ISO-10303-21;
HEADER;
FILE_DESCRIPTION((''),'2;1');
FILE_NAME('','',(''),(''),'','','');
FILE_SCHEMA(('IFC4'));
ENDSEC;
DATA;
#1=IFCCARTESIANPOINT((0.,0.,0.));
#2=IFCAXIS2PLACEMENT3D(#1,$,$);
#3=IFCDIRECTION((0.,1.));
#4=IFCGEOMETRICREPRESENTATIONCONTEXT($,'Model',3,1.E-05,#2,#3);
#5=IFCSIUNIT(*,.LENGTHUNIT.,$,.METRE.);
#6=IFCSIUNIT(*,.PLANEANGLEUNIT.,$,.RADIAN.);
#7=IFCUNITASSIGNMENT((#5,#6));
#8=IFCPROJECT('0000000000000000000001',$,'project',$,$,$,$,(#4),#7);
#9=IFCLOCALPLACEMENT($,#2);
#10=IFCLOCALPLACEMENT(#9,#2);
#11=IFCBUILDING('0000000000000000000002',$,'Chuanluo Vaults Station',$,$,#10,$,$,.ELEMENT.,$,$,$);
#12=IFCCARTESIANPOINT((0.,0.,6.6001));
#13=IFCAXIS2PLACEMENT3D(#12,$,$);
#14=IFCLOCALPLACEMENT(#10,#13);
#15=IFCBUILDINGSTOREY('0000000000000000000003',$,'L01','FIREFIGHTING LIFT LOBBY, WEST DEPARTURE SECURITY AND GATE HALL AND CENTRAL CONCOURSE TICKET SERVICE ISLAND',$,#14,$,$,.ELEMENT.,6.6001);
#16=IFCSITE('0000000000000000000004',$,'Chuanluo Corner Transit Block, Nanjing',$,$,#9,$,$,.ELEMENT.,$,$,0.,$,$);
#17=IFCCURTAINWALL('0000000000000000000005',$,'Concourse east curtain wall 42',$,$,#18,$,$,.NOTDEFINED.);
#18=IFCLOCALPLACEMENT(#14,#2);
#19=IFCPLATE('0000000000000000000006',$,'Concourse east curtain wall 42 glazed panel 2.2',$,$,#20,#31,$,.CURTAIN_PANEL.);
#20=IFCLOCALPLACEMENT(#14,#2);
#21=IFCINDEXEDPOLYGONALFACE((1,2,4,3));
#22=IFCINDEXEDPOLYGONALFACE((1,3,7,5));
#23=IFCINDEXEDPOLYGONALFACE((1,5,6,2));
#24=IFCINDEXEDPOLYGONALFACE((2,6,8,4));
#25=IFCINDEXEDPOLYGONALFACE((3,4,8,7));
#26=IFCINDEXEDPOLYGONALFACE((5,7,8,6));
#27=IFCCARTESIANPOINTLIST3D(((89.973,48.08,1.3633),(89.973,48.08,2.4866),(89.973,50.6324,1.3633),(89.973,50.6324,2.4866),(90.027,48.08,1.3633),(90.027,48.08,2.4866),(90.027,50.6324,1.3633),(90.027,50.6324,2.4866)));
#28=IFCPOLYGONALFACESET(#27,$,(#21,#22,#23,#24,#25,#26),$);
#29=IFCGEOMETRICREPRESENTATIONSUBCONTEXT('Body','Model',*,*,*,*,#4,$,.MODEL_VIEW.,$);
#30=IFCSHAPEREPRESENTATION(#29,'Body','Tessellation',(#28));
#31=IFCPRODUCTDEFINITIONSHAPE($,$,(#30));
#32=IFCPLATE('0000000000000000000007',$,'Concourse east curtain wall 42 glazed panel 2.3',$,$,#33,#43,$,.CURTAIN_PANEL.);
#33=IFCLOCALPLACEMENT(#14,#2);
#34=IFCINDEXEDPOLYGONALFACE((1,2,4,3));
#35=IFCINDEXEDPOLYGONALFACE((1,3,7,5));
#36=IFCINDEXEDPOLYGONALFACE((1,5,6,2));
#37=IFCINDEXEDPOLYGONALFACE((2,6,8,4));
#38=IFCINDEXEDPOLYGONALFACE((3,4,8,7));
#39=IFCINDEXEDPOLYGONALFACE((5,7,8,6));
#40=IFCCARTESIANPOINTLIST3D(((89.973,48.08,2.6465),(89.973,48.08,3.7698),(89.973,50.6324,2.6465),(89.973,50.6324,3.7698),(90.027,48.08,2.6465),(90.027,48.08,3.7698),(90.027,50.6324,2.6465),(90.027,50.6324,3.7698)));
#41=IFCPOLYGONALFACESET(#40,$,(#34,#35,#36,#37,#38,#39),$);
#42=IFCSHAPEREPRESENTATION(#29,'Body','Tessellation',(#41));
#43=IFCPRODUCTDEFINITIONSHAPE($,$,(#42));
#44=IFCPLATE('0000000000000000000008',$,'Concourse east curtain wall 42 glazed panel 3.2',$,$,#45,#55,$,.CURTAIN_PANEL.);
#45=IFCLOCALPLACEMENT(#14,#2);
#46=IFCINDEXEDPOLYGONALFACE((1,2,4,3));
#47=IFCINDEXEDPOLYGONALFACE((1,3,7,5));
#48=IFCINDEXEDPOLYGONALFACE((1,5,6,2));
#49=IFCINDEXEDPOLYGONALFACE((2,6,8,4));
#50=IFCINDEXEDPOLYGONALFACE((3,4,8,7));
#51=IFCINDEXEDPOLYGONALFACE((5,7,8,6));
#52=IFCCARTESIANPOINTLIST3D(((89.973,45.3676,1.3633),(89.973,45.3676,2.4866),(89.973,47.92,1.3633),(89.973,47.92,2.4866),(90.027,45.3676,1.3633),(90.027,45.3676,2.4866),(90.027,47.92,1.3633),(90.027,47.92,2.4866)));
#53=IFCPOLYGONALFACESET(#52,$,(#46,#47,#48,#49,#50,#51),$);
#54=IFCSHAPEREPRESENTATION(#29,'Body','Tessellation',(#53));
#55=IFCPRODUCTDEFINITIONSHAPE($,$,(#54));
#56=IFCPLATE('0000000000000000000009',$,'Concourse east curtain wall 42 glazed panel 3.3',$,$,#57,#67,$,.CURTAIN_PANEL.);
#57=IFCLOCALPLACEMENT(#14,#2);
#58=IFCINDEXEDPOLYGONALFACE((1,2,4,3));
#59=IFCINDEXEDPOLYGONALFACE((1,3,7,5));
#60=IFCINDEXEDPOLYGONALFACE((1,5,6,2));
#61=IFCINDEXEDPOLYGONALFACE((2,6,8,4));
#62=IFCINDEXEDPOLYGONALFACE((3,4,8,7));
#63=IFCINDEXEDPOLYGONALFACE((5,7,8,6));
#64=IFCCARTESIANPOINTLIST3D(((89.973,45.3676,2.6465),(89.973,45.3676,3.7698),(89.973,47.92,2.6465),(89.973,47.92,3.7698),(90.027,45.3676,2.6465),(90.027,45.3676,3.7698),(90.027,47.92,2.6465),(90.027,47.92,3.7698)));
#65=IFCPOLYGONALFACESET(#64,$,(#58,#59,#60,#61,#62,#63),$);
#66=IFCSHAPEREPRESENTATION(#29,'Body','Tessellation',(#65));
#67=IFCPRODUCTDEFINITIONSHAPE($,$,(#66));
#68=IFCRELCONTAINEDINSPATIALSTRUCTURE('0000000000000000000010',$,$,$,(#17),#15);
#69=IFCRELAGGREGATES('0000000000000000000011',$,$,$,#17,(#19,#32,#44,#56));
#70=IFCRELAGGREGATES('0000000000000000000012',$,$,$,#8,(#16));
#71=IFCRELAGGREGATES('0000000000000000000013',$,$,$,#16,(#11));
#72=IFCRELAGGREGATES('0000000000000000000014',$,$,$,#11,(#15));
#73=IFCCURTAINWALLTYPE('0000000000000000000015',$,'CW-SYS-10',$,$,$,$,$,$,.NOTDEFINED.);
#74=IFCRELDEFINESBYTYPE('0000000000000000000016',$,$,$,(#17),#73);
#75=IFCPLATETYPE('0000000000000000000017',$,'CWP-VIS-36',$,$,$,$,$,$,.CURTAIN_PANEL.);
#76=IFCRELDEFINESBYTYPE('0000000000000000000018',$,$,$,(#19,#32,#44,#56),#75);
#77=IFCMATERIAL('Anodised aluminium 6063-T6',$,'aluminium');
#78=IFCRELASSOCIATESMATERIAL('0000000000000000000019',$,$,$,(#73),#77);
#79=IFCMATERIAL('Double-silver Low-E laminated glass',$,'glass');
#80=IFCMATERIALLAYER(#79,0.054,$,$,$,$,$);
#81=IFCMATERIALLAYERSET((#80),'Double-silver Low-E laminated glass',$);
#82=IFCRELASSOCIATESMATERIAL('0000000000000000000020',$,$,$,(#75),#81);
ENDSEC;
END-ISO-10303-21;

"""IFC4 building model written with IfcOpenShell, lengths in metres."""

from ifc_helpers import new_model, si_unit, direction, frame, origin, origin_2d, place, context, subcontext, project, spatial, rectangle, extrude, material, layer, layer_set, type_object, element, aggregate, save


model = new_model("IFC4")

# Units and contexts
model_context = context("Model", 3, precision=1e-05, world=origin(), true_north=direction((0.0, 1.0)))
body_context = subcontext(model_context, "Body", "Model", "MODEL_VIEW")
ifc_project = project(units=[si_unit("LENGTHUNIT", "METRE"), si_unit("PLANEANGLEUNIT", "RADIAN")], contexts=[model_context])

# Site, building, storey
site_placement = place(None, origin())
site = spatial("IfcSite", under=ifc_project, at=site_placement, Name="Chuanluo Corner Transit Block, Nanjing", CompositionType="ELEMENT", RefElevation=0.0)
building_placement = place(site_placement, origin())
building = spatial("IfcBuilding", under=site, at=building_placement, Name="Chuanluo Vaults Station", CompositionType="ELEMENT")
storey_placement = place(building_placement, frame((0.0, 0.0, 6.6001)))
storey = spatial("IfcBuildingStorey", under=building, at=storey_placement, Name="L01", Description="FIREFIGHTING LIFT LOBBY, WEST DEPARTURE SECURITY AND GATE HALL AND CENTRAL CONCOURSE TICKET SERVICE ISLAND", CompositionType="ELEMENT", Elevation=6.6001)

# Curtain wall, plates
ifc_material_1 = material(Name="Anodised aluminium 6063-T6", Category="aluminium")
curtain_wall_type = type_object("IfcCurtainWallType", Name="CW-SYS-10", PredefinedType="NOTDEFINED", material=ifc_material_1)
curtain_wall_placement = place(storey_placement, origin())
curtain_wall = element("IfcCurtainWall", 1, at=curtain_wall_placement, inside=storey, type_object=curtain_wall_type, Name="Concourse east curtain wall 42", PredefinedType="NOTDEFINED")
ifc_material_2 = material(Name="Double-silver Low-E laminated glass", Category="glass")
ifc_layer_1 = layer(ifc_material_2, 0.054)
ifc_layer_set_1 = layer_set([ifc_layer_1], Name="Double-silver Low-E laminated glass")
plate_type_1 = type_object("IfcPlateType", Name="CWP-VIS-36", PredefinedType="CURTAIN_PANEL", material=ifc_layer_set_1)
plate_1_placement = place(storey_placement, frame((90.0, 49.3562, 1.3633), z_axis=(0.0, 0.0, 1.0), x_axis=(0.0, -1.0, 0.0)))
plate_1 = element("IfcPlate", 2, at=plate_1_placement, type_object=plate_type_1, Name="Concourse east curtain wall 42 glazed panel 2.2", PredefinedType="CURTAIN_PANEL", context=body_context, shape_type="SweptSolid", body=[
    extrude(rectangle(XDim=2.5525, YDim=0.054, at=origin_2d()), origin(), (0.0, 0.0, 1.0), 1.1233),
])
plate_2_placement = place(storey_placement, frame((90.0, 49.3562, 2.6465), z_axis=(0.0, 0.0, 1.0), x_axis=(0.0, -1.0, 0.0)))
plate_2 = element("IfcPlate", 3, at=plate_2_placement, type_object=plate_type_1, Name="Concourse east curtain wall 42 glazed panel 2.3", PredefinedType="CURTAIN_PANEL", context=body_context, shape_type="SweptSolid", body=[
    extrude(rectangle(XDim=2.5525, YDim=0.054, at=origin_2d()), origin(), (0.0, 0.0, 1.0), 1.1233),
])
plate_3_placement = place(storey_placement, frame((90.0, 46.6438, 1.3633), z_axis=(0.0, 0.0, 1.0), x_axis=(0.0, -1.0, 0.0)))
plate_3 = element("IfcPlate", 4, at=plate_3_placement, type_object=plate_type_1, Name="Concourse east curtain wall 42 glazed panel 3.2", PredefinedType="CURTAIN_PANEL", context=body_context, shape_type="SweptSolid", body=[
    extrude(rectangle(XDim=2.5525, YDim=0.054, at=origin_2d()), origin(), (0.0, 0.0, 1.0), 1.1233),
])
plate_4_placement = place(storey_placement, frame((90.0, 46.6438, 2.6465), z_axis=(0.0, 0.0, 1.0), x_axis=(0.0, -1.0, 0.0)))
plate_4 = element("IfcPlate", 5, at=plate_4_placement, type_object=plate_type_1, Name="Concourse east curtain wall 42 glazed panel 3.3", PredefinedType="CURTAIN_PANEL", context=body_context, shape_type="SweptSolid", body=[
    extrude(rectangle(XDim=2.5525, YDim=0.054, at=origin_2d()), origin(), (0.0, 0.0, 1.0), 1.1233),
])
aggregate(curtain_wall, [plate_1, plate_2, plate_3, plate_4])

save(model, "model.ifc")
